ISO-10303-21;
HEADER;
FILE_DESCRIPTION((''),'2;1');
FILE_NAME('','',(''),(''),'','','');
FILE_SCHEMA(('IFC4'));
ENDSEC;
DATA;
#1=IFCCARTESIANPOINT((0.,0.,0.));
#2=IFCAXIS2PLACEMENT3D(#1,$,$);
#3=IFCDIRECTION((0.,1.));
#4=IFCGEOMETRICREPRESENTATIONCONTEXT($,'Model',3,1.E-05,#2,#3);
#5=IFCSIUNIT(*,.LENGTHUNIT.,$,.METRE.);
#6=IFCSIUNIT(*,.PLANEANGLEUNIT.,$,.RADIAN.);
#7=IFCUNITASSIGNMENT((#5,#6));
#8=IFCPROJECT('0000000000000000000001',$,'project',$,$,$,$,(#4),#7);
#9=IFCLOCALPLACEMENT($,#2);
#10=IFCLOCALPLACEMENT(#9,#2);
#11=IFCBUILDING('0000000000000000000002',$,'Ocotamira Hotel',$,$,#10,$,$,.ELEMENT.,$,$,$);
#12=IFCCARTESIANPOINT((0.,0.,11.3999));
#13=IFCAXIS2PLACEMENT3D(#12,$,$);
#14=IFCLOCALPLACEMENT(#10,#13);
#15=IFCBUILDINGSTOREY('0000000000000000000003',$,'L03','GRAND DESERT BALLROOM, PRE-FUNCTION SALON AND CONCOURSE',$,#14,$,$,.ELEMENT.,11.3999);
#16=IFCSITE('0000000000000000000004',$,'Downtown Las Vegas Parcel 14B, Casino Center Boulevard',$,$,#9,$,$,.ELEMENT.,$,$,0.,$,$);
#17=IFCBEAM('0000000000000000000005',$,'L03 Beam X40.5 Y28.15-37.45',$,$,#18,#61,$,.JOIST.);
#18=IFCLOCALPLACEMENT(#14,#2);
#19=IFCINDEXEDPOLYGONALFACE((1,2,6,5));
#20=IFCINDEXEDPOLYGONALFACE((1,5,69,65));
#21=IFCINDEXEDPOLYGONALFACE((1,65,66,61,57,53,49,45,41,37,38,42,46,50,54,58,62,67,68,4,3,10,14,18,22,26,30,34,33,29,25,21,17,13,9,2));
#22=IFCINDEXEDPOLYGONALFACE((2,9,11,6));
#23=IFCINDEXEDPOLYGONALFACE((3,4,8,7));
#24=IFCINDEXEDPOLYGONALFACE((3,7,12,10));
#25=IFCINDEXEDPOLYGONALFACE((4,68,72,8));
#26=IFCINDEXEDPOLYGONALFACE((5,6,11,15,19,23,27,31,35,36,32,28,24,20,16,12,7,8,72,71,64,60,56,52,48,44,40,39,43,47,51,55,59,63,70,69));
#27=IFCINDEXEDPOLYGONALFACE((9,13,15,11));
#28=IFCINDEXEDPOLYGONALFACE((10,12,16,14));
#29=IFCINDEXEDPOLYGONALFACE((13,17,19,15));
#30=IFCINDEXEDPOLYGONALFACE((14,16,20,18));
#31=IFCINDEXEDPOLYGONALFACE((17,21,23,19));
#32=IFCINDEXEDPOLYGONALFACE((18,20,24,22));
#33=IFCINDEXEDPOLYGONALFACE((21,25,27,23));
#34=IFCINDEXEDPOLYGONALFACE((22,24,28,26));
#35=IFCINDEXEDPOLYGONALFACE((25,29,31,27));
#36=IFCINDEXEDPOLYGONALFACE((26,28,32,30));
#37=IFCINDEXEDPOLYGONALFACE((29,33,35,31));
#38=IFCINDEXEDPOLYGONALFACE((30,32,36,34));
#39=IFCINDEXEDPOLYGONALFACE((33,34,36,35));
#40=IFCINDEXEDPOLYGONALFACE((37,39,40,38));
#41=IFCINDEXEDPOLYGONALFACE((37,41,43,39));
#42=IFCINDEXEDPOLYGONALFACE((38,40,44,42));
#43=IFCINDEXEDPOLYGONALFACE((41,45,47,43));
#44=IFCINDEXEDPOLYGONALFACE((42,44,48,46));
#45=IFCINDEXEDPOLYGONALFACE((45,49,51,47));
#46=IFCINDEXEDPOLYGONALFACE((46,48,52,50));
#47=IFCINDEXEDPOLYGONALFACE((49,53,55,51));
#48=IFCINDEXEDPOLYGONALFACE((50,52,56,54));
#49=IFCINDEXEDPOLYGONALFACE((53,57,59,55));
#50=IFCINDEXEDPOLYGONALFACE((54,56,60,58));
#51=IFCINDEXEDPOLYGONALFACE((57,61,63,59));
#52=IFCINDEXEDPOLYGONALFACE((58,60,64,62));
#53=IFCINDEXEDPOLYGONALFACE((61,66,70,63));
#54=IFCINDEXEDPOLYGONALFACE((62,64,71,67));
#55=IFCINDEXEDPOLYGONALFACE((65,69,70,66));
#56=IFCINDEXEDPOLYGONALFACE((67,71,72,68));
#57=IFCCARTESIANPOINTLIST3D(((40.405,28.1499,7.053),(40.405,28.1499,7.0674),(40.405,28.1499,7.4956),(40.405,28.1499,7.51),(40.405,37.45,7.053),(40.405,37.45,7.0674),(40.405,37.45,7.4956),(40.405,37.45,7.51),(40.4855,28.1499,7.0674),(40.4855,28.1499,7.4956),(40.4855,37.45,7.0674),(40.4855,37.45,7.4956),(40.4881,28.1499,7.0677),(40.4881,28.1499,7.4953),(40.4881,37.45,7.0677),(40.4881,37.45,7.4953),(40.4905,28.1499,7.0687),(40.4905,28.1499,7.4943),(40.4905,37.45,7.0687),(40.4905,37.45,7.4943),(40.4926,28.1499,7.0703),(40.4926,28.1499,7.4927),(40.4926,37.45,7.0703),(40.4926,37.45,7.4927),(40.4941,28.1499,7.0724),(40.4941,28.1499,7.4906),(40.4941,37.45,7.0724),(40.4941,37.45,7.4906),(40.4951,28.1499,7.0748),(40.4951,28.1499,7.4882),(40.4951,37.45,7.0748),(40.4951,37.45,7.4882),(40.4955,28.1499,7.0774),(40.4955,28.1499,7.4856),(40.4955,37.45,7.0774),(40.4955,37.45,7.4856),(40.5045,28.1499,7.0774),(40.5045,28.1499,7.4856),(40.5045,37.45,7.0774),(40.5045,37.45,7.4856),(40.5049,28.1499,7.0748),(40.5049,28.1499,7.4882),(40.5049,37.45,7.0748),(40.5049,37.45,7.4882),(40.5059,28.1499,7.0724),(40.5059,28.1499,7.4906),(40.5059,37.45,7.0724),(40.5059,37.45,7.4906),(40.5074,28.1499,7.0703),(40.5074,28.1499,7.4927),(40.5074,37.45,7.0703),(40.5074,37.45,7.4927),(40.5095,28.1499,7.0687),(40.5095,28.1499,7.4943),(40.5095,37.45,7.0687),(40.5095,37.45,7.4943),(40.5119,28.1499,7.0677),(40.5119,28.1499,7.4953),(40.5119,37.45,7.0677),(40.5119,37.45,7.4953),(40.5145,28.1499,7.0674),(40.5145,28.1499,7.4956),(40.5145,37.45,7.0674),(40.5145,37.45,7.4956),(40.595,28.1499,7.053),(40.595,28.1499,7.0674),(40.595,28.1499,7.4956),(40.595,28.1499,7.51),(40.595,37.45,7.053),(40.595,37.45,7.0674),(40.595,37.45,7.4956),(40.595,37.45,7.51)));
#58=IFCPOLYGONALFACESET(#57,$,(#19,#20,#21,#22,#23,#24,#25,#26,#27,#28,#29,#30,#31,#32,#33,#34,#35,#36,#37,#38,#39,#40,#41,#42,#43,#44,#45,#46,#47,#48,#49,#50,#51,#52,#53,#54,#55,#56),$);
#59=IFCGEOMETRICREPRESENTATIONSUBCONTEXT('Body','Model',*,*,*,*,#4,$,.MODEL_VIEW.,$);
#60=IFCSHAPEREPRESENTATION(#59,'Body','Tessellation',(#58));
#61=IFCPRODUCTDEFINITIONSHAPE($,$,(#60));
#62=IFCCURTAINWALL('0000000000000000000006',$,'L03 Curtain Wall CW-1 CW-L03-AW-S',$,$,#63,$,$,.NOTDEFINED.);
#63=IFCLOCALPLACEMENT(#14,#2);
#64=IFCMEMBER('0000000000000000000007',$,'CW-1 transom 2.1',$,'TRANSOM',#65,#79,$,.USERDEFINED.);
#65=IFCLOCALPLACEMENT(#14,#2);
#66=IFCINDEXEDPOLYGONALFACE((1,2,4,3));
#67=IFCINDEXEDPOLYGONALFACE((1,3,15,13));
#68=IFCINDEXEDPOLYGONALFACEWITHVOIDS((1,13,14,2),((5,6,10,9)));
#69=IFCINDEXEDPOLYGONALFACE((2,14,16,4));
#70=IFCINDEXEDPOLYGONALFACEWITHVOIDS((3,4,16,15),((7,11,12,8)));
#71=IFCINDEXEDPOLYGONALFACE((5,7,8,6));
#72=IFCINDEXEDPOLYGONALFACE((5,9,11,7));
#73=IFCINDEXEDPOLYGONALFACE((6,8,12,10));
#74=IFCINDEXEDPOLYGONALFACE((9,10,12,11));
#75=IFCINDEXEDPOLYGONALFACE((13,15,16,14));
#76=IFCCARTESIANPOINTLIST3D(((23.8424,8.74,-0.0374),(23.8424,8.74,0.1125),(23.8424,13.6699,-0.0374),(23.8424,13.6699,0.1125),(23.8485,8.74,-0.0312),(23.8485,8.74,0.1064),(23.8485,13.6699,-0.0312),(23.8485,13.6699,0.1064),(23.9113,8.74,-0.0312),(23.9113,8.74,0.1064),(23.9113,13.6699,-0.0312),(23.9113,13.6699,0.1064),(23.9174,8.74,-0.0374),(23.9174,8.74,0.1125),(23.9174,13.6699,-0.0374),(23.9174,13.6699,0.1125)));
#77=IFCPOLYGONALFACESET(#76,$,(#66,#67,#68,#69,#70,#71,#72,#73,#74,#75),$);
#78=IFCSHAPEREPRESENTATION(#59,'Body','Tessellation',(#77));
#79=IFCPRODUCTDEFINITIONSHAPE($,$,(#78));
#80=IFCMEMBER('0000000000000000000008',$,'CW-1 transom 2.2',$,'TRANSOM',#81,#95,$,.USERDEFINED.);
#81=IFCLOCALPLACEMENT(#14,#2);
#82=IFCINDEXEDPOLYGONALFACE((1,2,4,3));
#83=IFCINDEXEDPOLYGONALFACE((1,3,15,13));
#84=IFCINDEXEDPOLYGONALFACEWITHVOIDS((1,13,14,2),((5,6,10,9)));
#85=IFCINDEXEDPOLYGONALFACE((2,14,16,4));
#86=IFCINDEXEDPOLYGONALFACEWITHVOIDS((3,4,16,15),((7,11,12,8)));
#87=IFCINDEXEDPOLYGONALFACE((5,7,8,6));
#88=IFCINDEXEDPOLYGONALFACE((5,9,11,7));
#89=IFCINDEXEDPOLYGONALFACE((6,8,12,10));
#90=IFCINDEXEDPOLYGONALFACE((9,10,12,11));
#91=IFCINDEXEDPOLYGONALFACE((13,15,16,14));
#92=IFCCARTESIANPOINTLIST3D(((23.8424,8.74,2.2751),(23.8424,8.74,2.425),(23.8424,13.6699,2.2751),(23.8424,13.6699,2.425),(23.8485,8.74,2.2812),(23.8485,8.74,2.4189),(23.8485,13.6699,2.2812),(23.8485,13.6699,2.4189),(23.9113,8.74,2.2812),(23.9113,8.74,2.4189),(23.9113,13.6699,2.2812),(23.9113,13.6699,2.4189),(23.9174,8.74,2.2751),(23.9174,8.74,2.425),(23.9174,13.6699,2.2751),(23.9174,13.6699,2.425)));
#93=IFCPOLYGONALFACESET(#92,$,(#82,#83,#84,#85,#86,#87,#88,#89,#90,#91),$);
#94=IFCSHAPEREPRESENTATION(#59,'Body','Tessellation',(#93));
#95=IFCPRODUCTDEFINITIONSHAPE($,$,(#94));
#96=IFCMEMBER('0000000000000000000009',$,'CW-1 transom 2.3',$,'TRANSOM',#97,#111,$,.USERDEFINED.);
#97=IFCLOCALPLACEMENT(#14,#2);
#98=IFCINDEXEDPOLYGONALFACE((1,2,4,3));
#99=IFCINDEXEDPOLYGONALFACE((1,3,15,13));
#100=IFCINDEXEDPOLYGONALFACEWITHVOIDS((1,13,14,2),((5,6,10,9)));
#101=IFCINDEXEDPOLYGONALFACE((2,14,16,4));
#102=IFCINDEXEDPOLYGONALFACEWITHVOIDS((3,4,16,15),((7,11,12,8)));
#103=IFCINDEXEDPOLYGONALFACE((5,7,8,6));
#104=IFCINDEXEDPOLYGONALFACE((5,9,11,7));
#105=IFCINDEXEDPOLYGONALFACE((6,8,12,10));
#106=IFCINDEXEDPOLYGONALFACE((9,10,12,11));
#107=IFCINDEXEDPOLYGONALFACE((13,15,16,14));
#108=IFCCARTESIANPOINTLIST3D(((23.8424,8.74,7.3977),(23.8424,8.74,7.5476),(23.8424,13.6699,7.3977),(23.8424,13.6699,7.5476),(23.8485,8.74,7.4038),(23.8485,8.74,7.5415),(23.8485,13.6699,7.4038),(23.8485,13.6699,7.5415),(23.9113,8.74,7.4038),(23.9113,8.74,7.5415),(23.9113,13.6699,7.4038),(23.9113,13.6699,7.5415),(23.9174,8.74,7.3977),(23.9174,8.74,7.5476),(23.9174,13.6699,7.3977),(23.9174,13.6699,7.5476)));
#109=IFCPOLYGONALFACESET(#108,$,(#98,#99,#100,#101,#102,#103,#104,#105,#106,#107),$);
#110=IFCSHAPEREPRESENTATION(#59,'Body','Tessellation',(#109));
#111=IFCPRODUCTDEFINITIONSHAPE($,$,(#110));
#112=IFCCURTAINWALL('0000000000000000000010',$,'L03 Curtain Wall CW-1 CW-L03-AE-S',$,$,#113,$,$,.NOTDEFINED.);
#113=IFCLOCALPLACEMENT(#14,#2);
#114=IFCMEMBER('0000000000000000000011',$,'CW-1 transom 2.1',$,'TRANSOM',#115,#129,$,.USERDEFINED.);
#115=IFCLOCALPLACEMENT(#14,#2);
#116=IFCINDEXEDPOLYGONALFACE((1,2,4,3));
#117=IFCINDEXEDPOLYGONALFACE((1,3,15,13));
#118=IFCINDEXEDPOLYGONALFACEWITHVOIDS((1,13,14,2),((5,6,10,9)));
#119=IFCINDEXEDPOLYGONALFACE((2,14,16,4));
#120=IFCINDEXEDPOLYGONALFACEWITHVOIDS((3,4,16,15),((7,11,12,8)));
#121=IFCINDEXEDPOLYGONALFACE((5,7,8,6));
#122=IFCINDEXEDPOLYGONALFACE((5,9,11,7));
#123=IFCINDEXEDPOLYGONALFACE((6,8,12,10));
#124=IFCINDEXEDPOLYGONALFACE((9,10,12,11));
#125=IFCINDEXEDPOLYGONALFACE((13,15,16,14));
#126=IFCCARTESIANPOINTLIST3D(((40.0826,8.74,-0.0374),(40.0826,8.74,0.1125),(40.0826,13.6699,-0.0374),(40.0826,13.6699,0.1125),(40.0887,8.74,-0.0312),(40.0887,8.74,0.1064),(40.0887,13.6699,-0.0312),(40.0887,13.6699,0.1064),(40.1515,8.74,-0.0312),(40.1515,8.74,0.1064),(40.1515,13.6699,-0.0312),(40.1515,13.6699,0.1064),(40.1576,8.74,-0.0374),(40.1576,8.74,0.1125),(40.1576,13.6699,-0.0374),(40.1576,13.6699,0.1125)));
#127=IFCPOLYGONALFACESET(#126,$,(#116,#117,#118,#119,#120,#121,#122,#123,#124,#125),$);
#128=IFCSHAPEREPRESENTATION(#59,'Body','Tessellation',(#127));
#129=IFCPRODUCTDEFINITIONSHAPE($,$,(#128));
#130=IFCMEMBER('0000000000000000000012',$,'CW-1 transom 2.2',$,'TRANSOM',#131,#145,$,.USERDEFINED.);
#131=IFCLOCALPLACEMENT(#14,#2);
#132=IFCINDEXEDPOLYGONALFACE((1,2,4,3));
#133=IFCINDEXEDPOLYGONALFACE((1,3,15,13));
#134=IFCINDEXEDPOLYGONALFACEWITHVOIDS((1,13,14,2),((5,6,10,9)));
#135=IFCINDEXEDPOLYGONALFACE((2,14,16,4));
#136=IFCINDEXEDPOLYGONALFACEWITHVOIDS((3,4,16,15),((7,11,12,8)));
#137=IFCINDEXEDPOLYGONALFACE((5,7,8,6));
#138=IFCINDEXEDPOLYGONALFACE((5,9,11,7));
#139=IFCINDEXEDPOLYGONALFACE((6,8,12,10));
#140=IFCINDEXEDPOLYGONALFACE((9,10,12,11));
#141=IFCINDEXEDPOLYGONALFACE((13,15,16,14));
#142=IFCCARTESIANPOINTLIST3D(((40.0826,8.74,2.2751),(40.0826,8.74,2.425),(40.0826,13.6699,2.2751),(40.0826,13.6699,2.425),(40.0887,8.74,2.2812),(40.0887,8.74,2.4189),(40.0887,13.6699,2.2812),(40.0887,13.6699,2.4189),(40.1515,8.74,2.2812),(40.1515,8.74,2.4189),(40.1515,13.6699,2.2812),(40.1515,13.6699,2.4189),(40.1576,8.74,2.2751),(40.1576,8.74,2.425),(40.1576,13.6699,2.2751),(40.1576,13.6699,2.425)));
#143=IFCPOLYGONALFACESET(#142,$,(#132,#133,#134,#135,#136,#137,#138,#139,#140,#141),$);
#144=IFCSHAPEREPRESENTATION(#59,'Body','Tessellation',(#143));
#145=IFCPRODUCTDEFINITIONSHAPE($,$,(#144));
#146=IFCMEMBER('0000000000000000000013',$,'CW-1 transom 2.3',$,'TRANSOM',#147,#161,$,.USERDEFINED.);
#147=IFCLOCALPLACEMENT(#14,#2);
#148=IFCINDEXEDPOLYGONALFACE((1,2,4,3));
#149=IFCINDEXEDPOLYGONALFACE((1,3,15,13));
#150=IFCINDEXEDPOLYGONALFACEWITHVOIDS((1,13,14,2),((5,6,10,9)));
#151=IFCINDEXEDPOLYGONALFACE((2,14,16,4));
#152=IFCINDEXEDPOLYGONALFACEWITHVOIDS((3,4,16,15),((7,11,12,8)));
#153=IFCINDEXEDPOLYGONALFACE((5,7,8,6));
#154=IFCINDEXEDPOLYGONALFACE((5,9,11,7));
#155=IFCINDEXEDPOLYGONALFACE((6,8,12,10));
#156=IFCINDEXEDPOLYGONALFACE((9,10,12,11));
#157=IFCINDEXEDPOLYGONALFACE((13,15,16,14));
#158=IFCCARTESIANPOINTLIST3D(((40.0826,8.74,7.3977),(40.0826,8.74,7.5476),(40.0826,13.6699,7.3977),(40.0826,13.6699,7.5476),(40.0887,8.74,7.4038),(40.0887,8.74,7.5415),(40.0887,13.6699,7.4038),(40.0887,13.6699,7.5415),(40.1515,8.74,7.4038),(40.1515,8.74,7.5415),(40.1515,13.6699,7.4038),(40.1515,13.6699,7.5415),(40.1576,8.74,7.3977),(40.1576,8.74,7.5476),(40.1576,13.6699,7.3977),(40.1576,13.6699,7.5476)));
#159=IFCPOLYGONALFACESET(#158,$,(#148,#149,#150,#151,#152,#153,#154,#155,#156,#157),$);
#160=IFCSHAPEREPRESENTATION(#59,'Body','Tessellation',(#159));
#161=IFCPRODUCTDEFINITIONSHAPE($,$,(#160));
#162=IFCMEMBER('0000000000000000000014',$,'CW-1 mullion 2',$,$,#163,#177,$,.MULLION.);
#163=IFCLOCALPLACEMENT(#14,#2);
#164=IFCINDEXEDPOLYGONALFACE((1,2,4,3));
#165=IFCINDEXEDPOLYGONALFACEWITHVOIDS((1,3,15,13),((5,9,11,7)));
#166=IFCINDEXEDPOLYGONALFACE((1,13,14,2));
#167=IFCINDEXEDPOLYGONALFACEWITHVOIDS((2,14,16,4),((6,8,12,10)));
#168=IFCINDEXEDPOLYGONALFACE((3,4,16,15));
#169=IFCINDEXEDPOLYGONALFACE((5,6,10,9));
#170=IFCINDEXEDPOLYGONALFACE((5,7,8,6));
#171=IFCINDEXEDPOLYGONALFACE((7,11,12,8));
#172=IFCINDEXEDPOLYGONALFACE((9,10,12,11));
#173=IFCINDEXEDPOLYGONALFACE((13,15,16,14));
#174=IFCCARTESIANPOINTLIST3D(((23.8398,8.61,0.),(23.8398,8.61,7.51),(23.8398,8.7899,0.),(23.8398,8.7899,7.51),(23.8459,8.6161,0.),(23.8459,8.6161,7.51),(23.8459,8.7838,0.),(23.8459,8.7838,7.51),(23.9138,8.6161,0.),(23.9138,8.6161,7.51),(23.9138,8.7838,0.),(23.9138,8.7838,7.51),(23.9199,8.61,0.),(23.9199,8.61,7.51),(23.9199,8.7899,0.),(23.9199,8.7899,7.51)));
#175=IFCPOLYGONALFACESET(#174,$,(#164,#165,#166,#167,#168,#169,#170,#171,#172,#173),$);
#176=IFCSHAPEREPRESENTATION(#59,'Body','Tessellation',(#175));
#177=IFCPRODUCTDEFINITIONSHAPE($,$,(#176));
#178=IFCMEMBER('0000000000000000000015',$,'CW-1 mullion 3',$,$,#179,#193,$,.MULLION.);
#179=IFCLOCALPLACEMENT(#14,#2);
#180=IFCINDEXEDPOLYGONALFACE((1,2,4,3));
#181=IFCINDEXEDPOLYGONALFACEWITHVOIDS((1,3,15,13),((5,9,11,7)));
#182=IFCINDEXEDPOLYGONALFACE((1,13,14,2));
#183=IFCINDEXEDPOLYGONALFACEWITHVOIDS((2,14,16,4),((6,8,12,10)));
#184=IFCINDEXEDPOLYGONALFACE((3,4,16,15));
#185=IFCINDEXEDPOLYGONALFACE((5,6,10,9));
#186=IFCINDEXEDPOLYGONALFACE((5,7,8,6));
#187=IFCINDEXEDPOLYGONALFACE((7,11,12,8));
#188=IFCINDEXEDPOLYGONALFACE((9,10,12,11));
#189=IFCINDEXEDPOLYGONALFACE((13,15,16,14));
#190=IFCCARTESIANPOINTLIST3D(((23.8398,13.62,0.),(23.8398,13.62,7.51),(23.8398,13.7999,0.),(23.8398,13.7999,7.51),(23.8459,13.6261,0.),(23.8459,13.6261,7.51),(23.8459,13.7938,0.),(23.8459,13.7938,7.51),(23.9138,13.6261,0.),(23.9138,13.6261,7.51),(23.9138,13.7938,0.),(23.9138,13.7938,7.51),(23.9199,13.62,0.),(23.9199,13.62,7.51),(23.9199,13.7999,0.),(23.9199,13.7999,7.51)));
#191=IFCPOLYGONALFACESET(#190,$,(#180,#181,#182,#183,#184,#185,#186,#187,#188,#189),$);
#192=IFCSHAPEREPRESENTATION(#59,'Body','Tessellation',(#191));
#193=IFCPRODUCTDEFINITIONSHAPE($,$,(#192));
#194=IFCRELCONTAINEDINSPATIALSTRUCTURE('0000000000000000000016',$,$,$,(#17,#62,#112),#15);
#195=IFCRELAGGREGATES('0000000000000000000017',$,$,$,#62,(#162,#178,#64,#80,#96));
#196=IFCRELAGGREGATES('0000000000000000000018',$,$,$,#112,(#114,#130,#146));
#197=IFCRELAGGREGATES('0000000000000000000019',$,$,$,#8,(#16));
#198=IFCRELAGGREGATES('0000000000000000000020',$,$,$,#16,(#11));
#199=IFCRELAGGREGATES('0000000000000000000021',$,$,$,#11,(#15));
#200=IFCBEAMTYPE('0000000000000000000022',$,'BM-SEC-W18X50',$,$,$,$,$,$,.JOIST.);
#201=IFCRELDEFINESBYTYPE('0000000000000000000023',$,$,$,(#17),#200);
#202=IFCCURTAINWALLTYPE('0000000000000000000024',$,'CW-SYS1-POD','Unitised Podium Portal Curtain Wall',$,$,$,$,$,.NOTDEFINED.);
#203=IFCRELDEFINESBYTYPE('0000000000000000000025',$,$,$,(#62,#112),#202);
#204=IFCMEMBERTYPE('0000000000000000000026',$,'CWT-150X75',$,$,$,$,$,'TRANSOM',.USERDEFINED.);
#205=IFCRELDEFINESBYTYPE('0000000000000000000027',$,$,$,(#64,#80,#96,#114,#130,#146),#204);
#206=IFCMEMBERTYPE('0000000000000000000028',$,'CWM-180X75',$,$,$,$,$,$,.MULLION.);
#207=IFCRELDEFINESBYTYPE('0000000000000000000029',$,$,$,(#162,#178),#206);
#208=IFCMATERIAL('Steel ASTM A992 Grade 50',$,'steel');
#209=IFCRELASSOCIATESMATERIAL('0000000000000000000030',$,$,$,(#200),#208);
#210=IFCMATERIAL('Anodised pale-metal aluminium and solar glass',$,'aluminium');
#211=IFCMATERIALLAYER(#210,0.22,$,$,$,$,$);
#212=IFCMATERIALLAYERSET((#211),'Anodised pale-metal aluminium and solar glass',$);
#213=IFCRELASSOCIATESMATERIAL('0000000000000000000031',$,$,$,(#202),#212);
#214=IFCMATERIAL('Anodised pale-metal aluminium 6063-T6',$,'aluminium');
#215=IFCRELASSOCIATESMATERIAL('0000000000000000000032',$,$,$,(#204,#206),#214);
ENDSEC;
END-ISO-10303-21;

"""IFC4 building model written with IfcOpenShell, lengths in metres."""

from ifc_helpers import new_model, si_unit, direction, frame, origin, origin_2d, place, context, subcontext, project, spatial, hollow_rectangle, i_section, extrude, source, transform, mapped, material, layer, layer_set, material_profile, profile_set, type_object, element, aggregate, save


model = new_model("IFC4")

# Units and contexts
model_context = context("Model", 3, precision=1e-05, world=origin(), true_north=direction((0.0, 1.0)))
body_context = subcontext(model_context, "Body", "Model", "MODEL_VIEW")
ifc_project = project(units=[si_unit("LENGTHUNIT", "METRE"), si_unit("PLANEANGLEUNIT", "RADIAN")], contexts=[model_context])

# Site, building, storey
site_placement = place(None, origin())
site = spatial("IfcSite", under=ifc_project, at=site_placement, Name="Downtown Las Vegas Parcel 14B, Casino Center Boulevard", CompositionType="ELEMENT", RefElevation=0.0)
building_placement = place(site_placement, origin())
building = spatial("IfcBuilding", under=site, at=building_placement, Name="Ocotamira Hotel", CompositionType="ELEMENT")
storey_placement = place(building_placement, frame((0.0, 0.0, 11.3999)))
storey = spatial("IfcBuildingStorey", under=building, at=storey_placement, Name="L03", Description="GRAND DESERT BALLROOM, PRE-FUNCTION SALON AND CONCOURSE", CompositionType="ELEMENT", Elevation=11.3999)

# Beam
ifc_material_1 = material(Name="Steel ASTM A992 Grade 50", Category="steel")
ifc_material_profile_1 = material_profile(ifc_material_1, i_section(OverallWidth=0.1899, OverallDepth=0.457, WebThickness=0.009, FlangeThickness=0.0144, FilletRadius=0.01, at=origin_2d()), Name="W18X50")
ifc_profile_set_1 = profile_set([ifc_material_profile_1], Name="Steel ASTM A992 Grade 50")
beam_type_1 = type_object("IfcBeamType", Name="BM-SEC-W18X50", PredefinedType="JOIST", material=ifc_profile_set_1)
shared_shape_1 = source(origin(), body_context, "Body", "SweptSolid", [
    extrude(i_section(OverallWidth=0.1899, OverallDepth=0.457, WebThickness=0.009, FlangeThickness=0.0144, FilletRadius=0.01, at=origin_2d()), origin(), (0.0, 0.0, 1.0), 9.3),
])
beam_1_placement = place(storey_placement, frame((40.5, 28.1499, 7.2815), z_axis=(0.0, 1.0, 0.0), x_axis=(-1.0, 0.0, 0.0)))
element("IfcBeam", 1, at=beam_1_placement, inside=storey, type_object=beam_type_1, Name="L03 Beam X40.5 Y28.15-37.45", PredefinedType="JOIST", context=body_context, shape_type="MappedRepresentation", body=[
    mapped(shared_shape_1, transform((0.0, 0.0, 0.0), scale=1.0)),
])

# Curtain walls, members
ifc_material_2 = material(Name="Anodised pale-metal aluminium and solar glass", Category="aluminium")
ifc_layer_1 = layer(ifc_material_2, 0.22)
ifc_layer_set_1 = layer_set([ifc_layer_1], Name="Anodised pale-metal aluminium and solar glass")
curtain_wall_type = type_object("IfcCurtainWallType", Name="CW-SYS1-POD", Description="Unitised Podium Portal Curtain Wall", PredefinedType="NOTDEFINED", material=ifc_layer_set_1)
curtain_wall_1_placement = place(storey_placement, origin())
curtain_wall_1 = element("IfcCurtainWall", 2, at=curtain_wall_1_placement, inside=storey, type_object=curtain_wall_type, Name="L03 Curtain Wall CW-1 CW-L03-AW-S", PredefinedType="NOTDEFINED")
ifc_material_3 = material(Name="Anodised pale-metal aluminium 6063-T6", Category="aluminium")
ifc_material_profile_2 = material_profile(ifc_material_3, hollow_rectangle(XDim=0.075, YDim=0.1499, WallThickness=0.0061, at=origin_2d()), Name="HSS150X75X6")
ifc_profile_set_2 = profile_set([ifc_material_profile_2], Name="Anodised pale-metal aluminium 6063-T6")
member_type_1 = type_object("IfcMemberType", Name="CWT-150X75", ElementType="TRANSOM", PredefinedType="USERDEFINED", material=ifc_profile_set_2)
shared_shape_2 = source(origin(), body_context, "Body", "SweptSolid", [
    extrude(hollow_rectangle(XDim=0.075, YDim=0.1499, WallThickness=0.0061, at=origin_2d()), origin(), (0.0, 0.0, 1.0), 4.9299),
])
member_1_placement = place(storey_placement, frame((23.8799, 8.74, 0.0376), z_axis=(0.0, 1.0, 0.0), x_axis=(-1.0, 0.0, 0.0)))
member_1 = element("IfcMember", 3, at=member_1_placement, type_object=member_type_1, Name="CW-1 transom 2.1", ObjectType="TRANSOM", PredefinedType="USERDEFINED", context=body_context, shape_type="MappedRepresentation", body=[
    mapped(shared_shape_2, transform((0.0, 0.0, 0.0), scale=1.0)),
])
member_2_placement = place(storey_placement, frame((23.8799, 8.74, 2.3501), z_axis=(0.0, 1.0, 0.0), x_axis=(-1.0, 0.0, 0.0)))
member_2 = element("IfcMember", 4, at=member_2_placement, type_object=member_type_1, Name="CW-1 transom 2.2", ObjectType="TRANSOM", PredefinedType="USERDEFINED", context=body_context, shape_type="MappedRepresentation", body=[
    mapped(shared_shape_2, transform((0.0, 0.0, 0.0), scale=1.0)),
])
member_3_placement = place(storey_placement, frame((23.8799, 8.74, 7.4727), z_axis=(0.0, 1.0, 0.0), x_axis=(-1.0, 0.0, 0.0)))
member_3 = element("IfcMember", 5, at=member_3_placement, type_object=member_type_1, Name="CW-1 transom 2.3", ObjectType="TRANSOM", PredefinedType="USERDEFINED", context=body_context, shape_type="MappedRepresentation", body=[
    mapped(shared_shape_2, transform((0.0, 0.0, 0.0), scale=1.0)),
])
curtain_wall_2_placement = place(storey_placement, origin())
curtain_wall_2 = element("IfcCurtainWall", 6, at=curtain_wall_2_placement, inside=storey, type_object=curtain_wall_type, Name="L03 Curtain Wall CW-1 CW-L03-AE-S", PredefinedType="NOTDEFINED")
member_4_placement = place(storey_placement, frame((40.1201, 8.74, 0.0376), z_axis=(0.0, 1.0, 0.0), x_axis=(-1.0, 0.0, 0.0)))
member_4 = element("IfcMember", 7, at=member_4_placement, type_object=member_type_1, Name="CW-1 transom 2.1", ObjectType="TRANSOM", PredefinedType="USERDEFINED", context=body_context, shape_type="MappedRepresentation", body=[
    mapped(shared_shape_2, transform((0.0, 0.0, 0.0), scale=1.0)),
])
member_5_placement = place(storey_placement, frame((40.1201, 8.74, 2.3501), z_axis=(0.0, 1.0, 0.0), x_axis=(-1.0, 0.0, 0.0)))
member_5 = element("IfcMember", 8, at=member_5_placement, type_object=member_type_1, Name="CW-1 transom 2.2", ObjectType="TRANSOM", PredefinedType="USERDEFINED", context=body_context, shape_type="MappedRepresentation", body=[
    mapped(shared_shape_2, transform((0.0, 0.0, 0.0), scale=1.0)),
])
member_6_placement = place(storey_placement, frame((40.1201, 8.74, 7.4727), z_axis=(0.0, 1.0, 0.0), x_axis=(-1.0, 0.0, 0.0)))
member_6 = element("IfcMember", 9, at=member_6_placement, type_object=member_type_1, Name="CW-1 transom 2.3", ObjectType="TRANSOM", PredefinedType="USERDEFINED", context=body_context, shape_type="MappedRepresentation", body=[
    mapped(shared_shape_2, transform((0.0, 0.0, 0.0), scale=1.0)),
])

# Members
ifc_material_profile_3 = material_profile(ifc_material_3, hollow_rectangle(XDim=0.0801, YDim=0.1799, WallThickness=0.0061, at=origin_2d()), Name="HSS180X80X6")
ifc_profile_set_3 = profile_set([ifc_material_profile_3], Name="Anodised pale-metal aluminium 6063-T6")
member_type_2 = type_object("IfcMemberType", Name="CWM-180X75", PredefinedType="MULLION", material=ifc_profile_set_3)
shared_shape_3 = source(origin(), body_context, "Body", "SweptSolid", [
    extrude(hollow_rectangle(XDim=0.0801, YDim=0.1799, WallThickness=0.0061, at=origin_2d()), origin(), (0.0, 0.0, 1.0), 7.51),
])
member_7_placement = place(storey_placement, frame((23.8799, 8.7, 0.0), z_axis=(0.0, 0.0, 1.0), x_axis=(-1.0, 0.0, 0.0)))
member_7 = element("IfcMember", 10, at=member_7_placement, type_object=member_type_2, Name="CW-1 mullion 2", PredefinedType="MULLION", context=body_context, shape_type="MappedRepresentation", body=[
    mapped(shared_shape_3, transform((0.0, 0.0, 0.0), scale=1.0)),
])
member_8_placement = place(storey_placement, frame((23.8799, 13.71, 0.0), z_axis=(0.0, 0.0, 1.0), x_axis=(-1.0, 0.0, 0.0)))
member_8 = element("IfcMember", 11, at=member_8_placement, type_object=member_type_2, Name="CW-1 mullion 3", PredefinedType="MULLION", context=body_context, shape_type="MappedRepresentation", body=[
    mapped(shared_shape_3, transform((0.0, 0.0, 0.0), scale=1.0)),
])

aggregate(curtain_wall_1, [member_7, member_8, member_1, member_2, member_3])
aggregate(curtain_wall_2, [member_4, member_5, member_6])

save(model, "model.ifc")
